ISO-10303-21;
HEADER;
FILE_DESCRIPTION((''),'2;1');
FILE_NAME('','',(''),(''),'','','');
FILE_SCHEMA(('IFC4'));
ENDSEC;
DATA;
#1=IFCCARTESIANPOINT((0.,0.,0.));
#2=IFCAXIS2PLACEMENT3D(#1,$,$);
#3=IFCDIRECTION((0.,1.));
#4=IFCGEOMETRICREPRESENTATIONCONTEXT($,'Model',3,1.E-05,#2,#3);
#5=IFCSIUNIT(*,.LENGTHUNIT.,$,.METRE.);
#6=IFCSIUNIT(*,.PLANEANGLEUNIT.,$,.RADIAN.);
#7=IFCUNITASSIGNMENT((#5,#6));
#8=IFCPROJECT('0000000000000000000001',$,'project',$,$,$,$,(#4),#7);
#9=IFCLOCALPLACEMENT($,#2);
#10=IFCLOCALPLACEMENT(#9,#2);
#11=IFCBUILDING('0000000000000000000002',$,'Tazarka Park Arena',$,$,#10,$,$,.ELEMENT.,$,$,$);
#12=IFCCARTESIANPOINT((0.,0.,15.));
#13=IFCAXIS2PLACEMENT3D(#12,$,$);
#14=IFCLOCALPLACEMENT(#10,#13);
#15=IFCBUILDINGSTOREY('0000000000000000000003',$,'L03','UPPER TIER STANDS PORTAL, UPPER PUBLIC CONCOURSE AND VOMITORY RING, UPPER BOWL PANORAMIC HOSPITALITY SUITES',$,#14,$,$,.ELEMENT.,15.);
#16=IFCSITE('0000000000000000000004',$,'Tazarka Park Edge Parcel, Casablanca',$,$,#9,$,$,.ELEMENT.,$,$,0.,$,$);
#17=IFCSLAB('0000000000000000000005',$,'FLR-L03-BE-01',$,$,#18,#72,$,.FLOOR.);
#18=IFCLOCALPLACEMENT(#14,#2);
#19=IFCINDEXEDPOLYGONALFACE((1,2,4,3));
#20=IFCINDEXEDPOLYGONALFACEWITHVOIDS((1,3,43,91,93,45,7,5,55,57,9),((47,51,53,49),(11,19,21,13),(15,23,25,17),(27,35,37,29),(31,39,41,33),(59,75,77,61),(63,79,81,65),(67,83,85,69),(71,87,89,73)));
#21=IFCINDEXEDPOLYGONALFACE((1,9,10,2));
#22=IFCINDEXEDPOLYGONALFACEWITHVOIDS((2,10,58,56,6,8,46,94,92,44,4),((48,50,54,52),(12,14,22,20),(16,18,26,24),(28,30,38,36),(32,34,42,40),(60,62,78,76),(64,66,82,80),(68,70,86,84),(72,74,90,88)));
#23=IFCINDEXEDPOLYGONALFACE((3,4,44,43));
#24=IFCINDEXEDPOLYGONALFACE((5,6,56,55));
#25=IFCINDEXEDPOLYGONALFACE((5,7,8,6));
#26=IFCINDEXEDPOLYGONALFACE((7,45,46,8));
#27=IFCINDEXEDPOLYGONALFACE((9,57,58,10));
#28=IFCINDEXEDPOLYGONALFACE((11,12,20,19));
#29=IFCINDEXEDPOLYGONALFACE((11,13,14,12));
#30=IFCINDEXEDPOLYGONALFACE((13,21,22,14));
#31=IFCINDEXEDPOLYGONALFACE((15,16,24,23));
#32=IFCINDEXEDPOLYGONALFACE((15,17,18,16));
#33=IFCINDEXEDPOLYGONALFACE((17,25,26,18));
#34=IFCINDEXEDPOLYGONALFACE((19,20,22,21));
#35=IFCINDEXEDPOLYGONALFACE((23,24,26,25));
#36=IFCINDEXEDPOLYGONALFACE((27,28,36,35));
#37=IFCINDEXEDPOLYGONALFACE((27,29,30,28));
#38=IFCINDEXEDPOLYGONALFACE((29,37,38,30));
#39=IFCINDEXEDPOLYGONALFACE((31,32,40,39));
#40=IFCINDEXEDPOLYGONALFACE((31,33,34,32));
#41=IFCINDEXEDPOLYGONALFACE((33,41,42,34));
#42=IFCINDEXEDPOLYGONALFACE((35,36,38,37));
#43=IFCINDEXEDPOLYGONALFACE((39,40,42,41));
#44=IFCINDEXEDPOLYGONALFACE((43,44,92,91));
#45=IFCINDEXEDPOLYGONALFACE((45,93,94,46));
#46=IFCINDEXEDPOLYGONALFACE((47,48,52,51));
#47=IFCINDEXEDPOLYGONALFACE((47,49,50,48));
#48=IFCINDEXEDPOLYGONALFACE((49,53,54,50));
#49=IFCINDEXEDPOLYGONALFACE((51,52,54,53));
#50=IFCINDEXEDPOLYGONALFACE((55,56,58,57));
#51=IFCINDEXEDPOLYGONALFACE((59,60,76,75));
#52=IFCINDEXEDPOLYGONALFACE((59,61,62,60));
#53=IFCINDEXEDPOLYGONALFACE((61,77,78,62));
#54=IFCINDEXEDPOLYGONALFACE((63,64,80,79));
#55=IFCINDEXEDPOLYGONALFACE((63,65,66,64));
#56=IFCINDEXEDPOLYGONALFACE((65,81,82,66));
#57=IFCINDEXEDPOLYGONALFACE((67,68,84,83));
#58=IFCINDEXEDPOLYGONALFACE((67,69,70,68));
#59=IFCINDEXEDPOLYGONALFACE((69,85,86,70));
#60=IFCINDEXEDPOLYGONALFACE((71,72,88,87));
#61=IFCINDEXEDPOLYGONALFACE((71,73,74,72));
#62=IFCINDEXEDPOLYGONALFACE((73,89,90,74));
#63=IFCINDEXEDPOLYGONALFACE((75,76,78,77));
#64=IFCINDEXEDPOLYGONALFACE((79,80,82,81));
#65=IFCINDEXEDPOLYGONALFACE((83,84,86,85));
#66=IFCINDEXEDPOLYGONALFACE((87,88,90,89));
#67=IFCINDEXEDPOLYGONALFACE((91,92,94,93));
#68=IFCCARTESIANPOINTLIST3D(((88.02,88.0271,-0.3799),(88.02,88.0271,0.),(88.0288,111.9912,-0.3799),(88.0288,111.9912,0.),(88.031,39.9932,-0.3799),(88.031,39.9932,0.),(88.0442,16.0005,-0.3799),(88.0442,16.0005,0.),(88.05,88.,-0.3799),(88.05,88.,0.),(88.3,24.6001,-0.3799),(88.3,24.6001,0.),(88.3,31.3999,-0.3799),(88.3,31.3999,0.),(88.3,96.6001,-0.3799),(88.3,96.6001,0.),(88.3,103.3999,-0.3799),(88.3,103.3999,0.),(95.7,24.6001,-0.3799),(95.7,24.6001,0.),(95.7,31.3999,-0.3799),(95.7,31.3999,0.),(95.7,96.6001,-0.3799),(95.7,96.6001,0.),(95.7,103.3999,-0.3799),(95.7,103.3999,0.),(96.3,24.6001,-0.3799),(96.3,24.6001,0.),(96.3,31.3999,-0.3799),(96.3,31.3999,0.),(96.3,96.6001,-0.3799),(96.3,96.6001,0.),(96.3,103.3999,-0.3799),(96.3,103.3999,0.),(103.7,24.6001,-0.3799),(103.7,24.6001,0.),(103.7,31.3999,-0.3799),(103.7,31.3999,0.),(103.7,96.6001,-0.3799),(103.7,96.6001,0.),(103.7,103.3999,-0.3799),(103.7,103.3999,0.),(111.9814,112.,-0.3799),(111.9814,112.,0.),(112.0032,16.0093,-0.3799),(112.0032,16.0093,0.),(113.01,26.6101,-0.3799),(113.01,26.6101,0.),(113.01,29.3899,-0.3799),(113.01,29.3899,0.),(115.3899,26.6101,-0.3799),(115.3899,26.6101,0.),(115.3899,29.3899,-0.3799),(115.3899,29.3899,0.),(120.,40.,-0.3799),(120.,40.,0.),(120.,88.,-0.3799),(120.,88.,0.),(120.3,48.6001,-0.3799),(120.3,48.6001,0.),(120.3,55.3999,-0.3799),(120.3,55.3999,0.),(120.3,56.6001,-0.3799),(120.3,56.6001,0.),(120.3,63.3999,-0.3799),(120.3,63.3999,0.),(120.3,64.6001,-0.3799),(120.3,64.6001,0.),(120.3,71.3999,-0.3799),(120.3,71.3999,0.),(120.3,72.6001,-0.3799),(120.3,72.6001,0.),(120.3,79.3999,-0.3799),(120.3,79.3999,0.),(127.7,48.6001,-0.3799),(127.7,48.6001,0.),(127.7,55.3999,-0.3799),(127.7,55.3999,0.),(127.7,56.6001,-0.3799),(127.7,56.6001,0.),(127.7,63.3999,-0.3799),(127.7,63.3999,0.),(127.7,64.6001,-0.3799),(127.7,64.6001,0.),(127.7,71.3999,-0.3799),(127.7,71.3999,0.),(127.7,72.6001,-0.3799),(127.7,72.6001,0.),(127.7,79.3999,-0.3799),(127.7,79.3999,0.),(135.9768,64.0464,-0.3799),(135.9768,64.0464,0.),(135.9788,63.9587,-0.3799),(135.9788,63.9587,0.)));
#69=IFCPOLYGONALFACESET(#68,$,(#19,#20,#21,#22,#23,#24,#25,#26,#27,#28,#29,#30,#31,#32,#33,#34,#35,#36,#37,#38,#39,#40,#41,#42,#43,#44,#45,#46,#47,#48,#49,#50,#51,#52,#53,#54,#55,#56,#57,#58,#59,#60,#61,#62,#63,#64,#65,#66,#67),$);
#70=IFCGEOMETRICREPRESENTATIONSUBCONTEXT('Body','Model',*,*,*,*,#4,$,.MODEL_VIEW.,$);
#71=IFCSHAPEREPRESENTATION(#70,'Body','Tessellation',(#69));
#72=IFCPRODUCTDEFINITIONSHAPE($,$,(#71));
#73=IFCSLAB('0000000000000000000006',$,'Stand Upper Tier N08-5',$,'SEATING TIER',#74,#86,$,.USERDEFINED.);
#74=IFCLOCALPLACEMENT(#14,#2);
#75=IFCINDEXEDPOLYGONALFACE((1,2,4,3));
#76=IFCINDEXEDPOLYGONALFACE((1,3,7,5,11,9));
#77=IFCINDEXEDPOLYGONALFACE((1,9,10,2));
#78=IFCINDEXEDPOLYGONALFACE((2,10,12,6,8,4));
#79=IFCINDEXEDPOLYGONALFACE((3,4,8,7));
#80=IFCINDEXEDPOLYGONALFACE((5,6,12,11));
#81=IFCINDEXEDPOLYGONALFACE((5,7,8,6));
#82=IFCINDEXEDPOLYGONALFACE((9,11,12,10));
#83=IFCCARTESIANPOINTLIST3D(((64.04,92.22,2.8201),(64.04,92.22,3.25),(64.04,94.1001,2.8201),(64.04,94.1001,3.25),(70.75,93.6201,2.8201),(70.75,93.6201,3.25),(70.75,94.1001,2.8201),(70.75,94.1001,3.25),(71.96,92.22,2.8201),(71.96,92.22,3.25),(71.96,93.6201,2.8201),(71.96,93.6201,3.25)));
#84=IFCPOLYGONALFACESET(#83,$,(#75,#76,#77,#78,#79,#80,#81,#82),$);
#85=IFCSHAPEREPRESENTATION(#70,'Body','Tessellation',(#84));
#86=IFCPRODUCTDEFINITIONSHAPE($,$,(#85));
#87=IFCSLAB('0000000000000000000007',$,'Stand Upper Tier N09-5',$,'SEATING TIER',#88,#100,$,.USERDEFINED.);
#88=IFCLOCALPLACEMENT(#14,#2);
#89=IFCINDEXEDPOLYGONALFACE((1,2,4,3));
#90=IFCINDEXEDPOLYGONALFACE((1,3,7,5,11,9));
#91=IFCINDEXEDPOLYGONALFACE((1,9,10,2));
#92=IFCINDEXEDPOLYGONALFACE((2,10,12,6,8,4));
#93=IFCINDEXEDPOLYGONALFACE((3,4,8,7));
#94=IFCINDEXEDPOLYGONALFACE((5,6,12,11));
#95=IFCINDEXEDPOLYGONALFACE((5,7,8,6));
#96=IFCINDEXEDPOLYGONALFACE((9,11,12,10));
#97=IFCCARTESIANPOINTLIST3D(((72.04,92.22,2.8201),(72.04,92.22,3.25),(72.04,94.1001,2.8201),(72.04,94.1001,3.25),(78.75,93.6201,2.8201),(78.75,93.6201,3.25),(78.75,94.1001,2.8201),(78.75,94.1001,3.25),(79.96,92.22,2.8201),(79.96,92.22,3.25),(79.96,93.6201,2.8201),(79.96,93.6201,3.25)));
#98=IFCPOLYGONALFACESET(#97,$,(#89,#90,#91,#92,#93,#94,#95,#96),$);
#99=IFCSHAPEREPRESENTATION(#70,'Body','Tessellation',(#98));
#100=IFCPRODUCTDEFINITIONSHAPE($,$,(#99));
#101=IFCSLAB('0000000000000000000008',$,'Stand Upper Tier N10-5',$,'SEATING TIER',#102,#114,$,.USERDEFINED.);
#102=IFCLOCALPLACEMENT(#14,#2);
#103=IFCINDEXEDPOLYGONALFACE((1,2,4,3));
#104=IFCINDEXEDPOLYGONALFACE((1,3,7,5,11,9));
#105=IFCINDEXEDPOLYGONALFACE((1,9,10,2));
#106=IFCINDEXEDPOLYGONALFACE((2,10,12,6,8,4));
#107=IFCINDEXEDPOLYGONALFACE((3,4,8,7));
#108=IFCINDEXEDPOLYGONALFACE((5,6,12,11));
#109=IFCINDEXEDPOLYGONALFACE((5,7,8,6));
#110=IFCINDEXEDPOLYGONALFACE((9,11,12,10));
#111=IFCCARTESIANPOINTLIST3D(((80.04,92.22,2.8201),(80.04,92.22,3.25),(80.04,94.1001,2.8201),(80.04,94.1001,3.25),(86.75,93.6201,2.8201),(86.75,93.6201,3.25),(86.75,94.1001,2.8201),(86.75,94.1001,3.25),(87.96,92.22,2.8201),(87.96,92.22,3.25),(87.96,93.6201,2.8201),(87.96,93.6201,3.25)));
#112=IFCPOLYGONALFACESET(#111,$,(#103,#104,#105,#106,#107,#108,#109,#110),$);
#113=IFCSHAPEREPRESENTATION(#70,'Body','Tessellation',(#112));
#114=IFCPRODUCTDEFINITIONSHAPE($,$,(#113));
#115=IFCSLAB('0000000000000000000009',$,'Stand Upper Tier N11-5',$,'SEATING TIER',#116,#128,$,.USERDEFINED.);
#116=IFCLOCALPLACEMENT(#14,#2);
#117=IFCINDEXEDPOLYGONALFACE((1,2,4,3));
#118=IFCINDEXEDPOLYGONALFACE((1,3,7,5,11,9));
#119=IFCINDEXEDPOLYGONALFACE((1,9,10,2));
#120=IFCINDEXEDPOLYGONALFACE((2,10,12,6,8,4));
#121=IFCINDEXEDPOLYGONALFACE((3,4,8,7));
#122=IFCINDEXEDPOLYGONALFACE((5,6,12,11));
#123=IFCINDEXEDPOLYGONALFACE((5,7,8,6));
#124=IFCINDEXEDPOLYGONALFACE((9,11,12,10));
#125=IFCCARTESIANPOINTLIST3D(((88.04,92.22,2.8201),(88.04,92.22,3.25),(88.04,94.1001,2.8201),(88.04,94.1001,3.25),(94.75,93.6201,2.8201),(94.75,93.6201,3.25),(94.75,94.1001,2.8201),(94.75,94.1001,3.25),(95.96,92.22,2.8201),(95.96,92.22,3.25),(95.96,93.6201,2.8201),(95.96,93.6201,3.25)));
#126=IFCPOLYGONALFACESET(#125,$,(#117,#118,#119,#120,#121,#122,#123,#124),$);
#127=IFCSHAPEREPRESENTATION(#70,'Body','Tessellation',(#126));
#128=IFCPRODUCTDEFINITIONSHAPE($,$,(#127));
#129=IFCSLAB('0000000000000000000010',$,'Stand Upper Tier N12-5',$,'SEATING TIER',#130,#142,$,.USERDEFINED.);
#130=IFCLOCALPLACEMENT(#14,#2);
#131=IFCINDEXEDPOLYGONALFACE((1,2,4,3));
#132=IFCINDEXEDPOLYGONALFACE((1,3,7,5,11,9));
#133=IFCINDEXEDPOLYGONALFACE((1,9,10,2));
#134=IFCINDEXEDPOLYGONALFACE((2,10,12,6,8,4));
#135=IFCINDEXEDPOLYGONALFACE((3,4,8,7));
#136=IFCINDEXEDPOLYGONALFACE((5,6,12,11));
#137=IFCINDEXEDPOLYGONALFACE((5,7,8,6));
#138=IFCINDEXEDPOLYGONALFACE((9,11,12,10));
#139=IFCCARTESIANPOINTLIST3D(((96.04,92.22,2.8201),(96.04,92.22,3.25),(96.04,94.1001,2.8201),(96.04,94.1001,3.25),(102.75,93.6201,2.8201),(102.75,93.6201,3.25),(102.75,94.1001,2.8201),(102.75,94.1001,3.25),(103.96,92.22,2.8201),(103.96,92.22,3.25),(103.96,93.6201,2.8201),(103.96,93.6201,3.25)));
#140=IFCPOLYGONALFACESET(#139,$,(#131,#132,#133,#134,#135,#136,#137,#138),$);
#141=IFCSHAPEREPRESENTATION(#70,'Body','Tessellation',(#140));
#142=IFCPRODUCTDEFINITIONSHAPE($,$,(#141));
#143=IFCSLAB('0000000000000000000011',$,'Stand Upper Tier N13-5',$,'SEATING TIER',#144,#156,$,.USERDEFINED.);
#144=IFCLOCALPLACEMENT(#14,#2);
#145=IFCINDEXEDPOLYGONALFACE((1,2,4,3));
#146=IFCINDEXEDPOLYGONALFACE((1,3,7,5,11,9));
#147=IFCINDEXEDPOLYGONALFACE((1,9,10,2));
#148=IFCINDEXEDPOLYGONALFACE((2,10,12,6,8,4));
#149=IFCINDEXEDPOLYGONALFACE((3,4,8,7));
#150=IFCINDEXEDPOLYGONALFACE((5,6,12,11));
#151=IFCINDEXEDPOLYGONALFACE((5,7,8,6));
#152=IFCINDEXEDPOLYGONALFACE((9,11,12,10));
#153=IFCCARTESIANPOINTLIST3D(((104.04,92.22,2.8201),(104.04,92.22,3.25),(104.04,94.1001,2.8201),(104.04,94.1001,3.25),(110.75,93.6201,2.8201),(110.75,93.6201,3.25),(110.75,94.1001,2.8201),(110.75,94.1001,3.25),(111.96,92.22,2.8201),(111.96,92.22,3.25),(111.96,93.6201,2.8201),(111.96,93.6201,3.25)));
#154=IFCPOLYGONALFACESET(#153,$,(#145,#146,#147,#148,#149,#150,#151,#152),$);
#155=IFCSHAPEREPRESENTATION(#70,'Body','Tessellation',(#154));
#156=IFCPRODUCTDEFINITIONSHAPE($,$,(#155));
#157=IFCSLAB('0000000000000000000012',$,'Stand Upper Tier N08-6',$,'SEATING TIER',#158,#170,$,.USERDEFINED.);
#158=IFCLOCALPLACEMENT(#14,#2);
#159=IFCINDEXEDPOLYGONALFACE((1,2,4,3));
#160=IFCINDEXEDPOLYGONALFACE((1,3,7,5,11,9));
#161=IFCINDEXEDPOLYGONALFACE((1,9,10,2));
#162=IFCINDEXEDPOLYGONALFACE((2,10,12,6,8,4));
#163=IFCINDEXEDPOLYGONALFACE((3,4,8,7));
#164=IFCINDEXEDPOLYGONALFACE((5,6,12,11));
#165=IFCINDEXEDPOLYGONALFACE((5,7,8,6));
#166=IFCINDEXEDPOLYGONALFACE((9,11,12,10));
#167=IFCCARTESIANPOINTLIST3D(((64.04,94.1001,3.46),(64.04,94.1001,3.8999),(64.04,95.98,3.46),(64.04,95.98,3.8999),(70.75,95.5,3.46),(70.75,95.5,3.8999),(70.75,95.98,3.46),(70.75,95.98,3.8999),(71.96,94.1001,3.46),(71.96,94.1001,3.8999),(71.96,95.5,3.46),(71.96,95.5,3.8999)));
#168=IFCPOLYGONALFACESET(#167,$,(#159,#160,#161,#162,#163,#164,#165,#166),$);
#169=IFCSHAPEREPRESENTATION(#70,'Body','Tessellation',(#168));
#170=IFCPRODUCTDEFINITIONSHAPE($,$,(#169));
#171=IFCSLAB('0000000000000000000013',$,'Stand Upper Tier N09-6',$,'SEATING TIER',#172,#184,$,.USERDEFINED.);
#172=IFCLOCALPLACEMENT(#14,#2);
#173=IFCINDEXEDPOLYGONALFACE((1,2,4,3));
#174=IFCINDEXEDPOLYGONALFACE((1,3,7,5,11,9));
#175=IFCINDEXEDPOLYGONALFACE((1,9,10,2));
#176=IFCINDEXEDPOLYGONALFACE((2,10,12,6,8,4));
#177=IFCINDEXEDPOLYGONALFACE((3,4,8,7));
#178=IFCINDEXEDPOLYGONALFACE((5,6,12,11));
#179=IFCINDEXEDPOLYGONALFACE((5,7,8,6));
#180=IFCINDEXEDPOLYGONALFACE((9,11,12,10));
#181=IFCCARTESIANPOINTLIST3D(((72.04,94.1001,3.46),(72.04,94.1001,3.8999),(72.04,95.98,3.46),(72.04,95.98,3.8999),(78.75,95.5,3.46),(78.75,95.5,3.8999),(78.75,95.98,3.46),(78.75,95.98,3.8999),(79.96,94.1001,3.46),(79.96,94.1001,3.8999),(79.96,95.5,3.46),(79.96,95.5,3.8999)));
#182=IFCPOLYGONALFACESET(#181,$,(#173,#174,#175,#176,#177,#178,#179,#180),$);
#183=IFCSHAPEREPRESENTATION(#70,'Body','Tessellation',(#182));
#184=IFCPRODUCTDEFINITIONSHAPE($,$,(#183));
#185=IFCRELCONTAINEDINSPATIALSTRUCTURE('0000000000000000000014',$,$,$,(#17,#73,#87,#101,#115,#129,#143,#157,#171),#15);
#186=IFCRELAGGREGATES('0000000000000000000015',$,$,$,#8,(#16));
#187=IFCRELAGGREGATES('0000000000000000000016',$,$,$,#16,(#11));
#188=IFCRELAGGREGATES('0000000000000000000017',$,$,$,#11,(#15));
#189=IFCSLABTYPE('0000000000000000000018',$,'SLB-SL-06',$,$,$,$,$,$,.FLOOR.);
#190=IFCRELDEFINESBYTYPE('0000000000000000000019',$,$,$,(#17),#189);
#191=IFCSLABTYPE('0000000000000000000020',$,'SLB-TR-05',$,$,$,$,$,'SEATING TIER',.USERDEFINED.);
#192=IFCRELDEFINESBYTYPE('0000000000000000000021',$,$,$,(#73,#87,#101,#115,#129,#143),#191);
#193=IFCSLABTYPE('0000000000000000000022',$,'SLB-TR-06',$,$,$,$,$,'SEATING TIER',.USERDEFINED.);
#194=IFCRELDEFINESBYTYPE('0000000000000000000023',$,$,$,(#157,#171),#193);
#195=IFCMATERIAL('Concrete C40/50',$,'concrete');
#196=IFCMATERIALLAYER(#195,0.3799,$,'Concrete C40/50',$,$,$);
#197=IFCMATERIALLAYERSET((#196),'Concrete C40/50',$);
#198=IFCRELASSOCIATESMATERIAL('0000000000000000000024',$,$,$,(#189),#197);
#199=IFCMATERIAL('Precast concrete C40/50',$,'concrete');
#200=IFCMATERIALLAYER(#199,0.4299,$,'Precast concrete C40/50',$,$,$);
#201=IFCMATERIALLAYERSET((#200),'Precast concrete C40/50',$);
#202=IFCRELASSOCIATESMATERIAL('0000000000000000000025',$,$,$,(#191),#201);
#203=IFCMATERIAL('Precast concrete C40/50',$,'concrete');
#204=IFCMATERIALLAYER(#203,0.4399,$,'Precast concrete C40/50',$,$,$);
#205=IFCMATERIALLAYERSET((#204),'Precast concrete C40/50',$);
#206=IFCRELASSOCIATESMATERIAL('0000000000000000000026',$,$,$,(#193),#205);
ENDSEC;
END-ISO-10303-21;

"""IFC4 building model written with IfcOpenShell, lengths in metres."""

from ifc_helpers import new_model, si_unit, direction, frame, origin, place, context, subcontext, project, spatial, polyline, outline, extrude, material, layer, layer_set, type_object, element, save


model = new_model("IFC4")

# Units and contexts
model_context = context("Model", 3, precision=1e-05, world=origin(), true_north=direction((0.0, 1.0)))
body_context = subcontext(model_context, "Body", "Model", "MODEL_VIEW")
ifc_project = project(units=[si_unit("LENGTHUNIT", "METRE"), si_unit("PLANEANGLEUNIT", "RADIAN")], contexts=[model_context])

# Site, building, storey
site_placement = place(None, origin())
site = spatial("IfcSite", under=ifc_project, at=site_placement, Name="Tazarka Park Edge Parcel, Casablanca", CompositionType="ELEMENT", RefElevation=0.0)
building_placement = place(site_placement, origin())
building = spatial("IfcBuilding", under=site, at=building_placement, Name="Tazarka Park Arena", CompositionType="ELEMENT")
storey_placement = place(building_placement, frame((0.0, 0.0, 15.0)))
storey = spatial("IfcBuildingStorey", under=building, at=storey_placement, Name="L03", Description="UPPER TIER STANDS PORTAL, UPPER PUBLIC CONCOURSE AND VOMITORY RING, UPPER BOWL PANORAMIC HOSPITALITY SUITES", CompositionType="ELEMENT", Elevation=15.0)

# Slabs
ifc_material_1 = material(Name="Concrete C40/50", Category="concrete")
ifc_layer_1 = layer(ifc_material_1, 0.3799, Name="Concrete C40/50")
ifc_layer_set_1 = layer_set([ifc_layer_1], Name="Concrete C40/50")
slab_type_1 = type_object("IfcSlabType", Name="SLB-SL-06", PredefinedType="FLOOR", material=ifc_layer_set_1)
slab_1_placement = place(storey_placement, frame((0.0, 0.0, -0.3799)))
element("IfcSlab", 1, at=slab_1_placement, inside=storey, type_object=slab_type_1, Name="FLR-L03-BE-01", PredefinedType="FLOOR", context=body_context, shape_type="SweptSolid", body=[
    extrude(outline(polyline([(111.9814, 112.0), (135.9768, 64.0464), (135.9788, 63.9587), (112.0032, 16.0093), (88.0442, 16.0005), (88.031, 39.9932), (120.0, 40.0), (120.0, 88.0), (88.05, 88.0), (88.02, 88.0271), (88.0288, 111.9912), (111.9814, 112.0)]), holes=[polyline([(120.3, 48.6001), (127.7, 48.6001), (127.7, 55.3999), (120.3, 55.3999), (120.3, 48.6001)]), polyline([(120.3, 56.6001), (127.7, 56.6001), (127.7, 63.3999), (120.3, 63.3999), (120.3, 56.6001)]), polyline([(120.3, 64.6001), (127.7, 64.6001), (127.7, 71.3999), (120.3, 71.3999), (120.3, 64.6001)]), polyline([(120.3, 72.6001), (127.7, 72.6001), (127.7, 79.3999), (120.3, 79.3999), (120.3, 72.6001)]), polyline([(113.01, 26.6101), (115.3899, 26.6101), (115.3899, 29.3899), (113.01, 29.3899), (113.01, 26.6101)]), polyline([(96.3, 24.6001), (103.7, 24.6001), (103.7, 31.3999), (96.3, 31.3999), (96.3, 24.6001)]), polyline([(96.3, 96.6001), (103.7, 96.6001), (103.7, 103.3999), (96.3, 103.3999), (96.3, 96.6001)]), polyline([(88.3, 24.6001), (95.7, 24.6001), (95.7, 31.3999), (88.3, 31.3999), (88.3, 24.6001)]), polyline([(88.3, 96.6001), (95.7, 96.6001), (95.7, 103.3999), (88.3, 103.3999), (88.3, 96.6001)])]), origin(), (0.0, 0.0, 1.0), 0.3799),
])
ifc_material_2 = material(Name="Precast concrete C40/50", Category="concrete")
ifc_layer_2 = layer(ifc_material_2, 0.4299, Name="Precast concrete C40/50")
ifc_layer_set_2 = layer_set([ifc_layer_2], Name="Precast concrete C40/50")
slab_type_2 = type_object("IfcSlabType", Name="SLB-TR-05", ElementType="SEATING TIER", PredefinedType="USERDEFINED", material=ifc_layer_set_2)
slab_2_placement = place(storey_placement, frame((0.0, 0.0, 2.8201)))
element("IfcSlab", 2, at=slab_2_placement, inside=storey, type_object=slab_type_2, Name="Stand Upper Tier N08-5", ObjectType="SEATING TIER", PredefinedType="USERDEFINED", context=body_context, shape_type="SweptSolid", body=[
    extrude(outline(polyline([(64.04, 92.22), (71.96, 92.22), (71.96, 93.6201), (70.75, 93.6201), (70.75, 94.1001), (64.04, 94.1001), (64.04, 92.22)])), origin(), (0.0, 0.0, 1.0), 0.4299),
])
slab_3_placement = place(storey_placement, frame((0.0, 0.0, 2.8201)))
element("IfcSlab", 3, at=slab_3_placement, inside=storey, type_object=slab_type_2, Name="Stand Upper Tier N09-5", ObjectType="SEATING TIER", PredefinedType="USERDEFINED", context=body_context, shape_type="SweptSolid", body=[
    extrude(outline(polyline([(72.04, 92.22), (79.96, 92.22), (79.96, 93.6201), (78.75, 93.6201), (78.75, 94.1001), (72.04, 94.1001), (72.04, 92.22)])), origin(), (0.0, 0.0, 1.0), 0.4299),
])
slab_4_placement = place(storey_placement, frame((0.0, 0.0, 2.8201)))
element("IfcSlab", 4, at=slab_4_placement, inside=storey, type_object=slab_type_2, Name="Stand Upper Tier N10-5", ObjectType="SEATING TIER", PredefinedType="USERDEFINED", context=body_context, shape_type="SweptSolid", body=[
    extrude(outline(polyline([(80.04, 92.22), (87.96, 92.22), (87.96, 93.6201), (86.75, 93.6201), (86.75, 94.1001), (80.04, 94.1001), (80.04, 92.22)])), origin(), (0.0, 0.0, 1.0), 0.4299),
])
slab_5_placement = place(storey_placement, frame((0.0, 0.0, 2.8201)))
element("IfcSlab", 5, at=slab_5_placement, inside=storey, type_object=slab_type_2, Name="Stand Upper Tier N11-5", ObjectType="SEATING TIER", PredefinedType="USERDEFINED", context=body_context, shape_type="SweptSolid", body=[
    extrude(outline(polyline([(88.04, 92.22), (95.96, 92.22), (95.96, 93.6201), (94.75, 93.6201), (94.75, 94.1001), (88.04, 94.1001), (88.04, 92.22)])), origin(), (0.0, 0.0, 1.0), 0.4299),
])
slab_6_placement = place(storey_placement, frame((0.0, 0.0, 2.8201)))
element("IfcSlab", 6, at=slab_6_placement, inside=storey, type_object=slab_type_2, Name="Stand Upper Tier N12-5", ObjectType="SEATING TIER", PredefinedType="USERDEFINED", context=body_context, shape_type="SweptSolid", body=[
    extrude(outline(polyline([(96.04, 92.22), (103.96, 92.22), (103.96, 93.6201), (102.75, 93.6201), (102.75, 94.1001), (96.04, 94.1001), (96.04, 92.22)])), origin(), (0.0, 0.0, 1.0), 0.4299),
])
slab_7_placement = place(storey_placement, frame((0.0, 0.0, 2.8201)))
element("IfcSlab", 7, at=slab_7_placement, inside=storey, type_object=slab_type_2, Name="Stand Upper Tier N13-5", ObjectType="SEATING TIER", PredefinedType="USERDEFINED", context=body_context, shape_type="SweptSolid", body=[
    extrude(outline(polyline([(104.04, 92.22), (111.96, 92.22), (111.96, 93.6201), (110.75, 93.6201), (110.75, 94.1001), (104.04, 94.1001), (104.04, 92.22)])), origin(), (0.0, 0.0, 1.0), 0.4299),
])
ifc_material_3 = material(Name="Precast concrete C40/50", Category="concrete")
ifc_layer_3 = layer(ifc_material_3, 0.4399, Name="Precast concrete C40/50")
ifc_layer_set_3 = layer_set([ifc_layer_3], Name="Precast concrete C40/50")
slab_type_3 = type_object("IfcSlabType", Name="SLB-TR-06", ElementType="SEATING TIER", PredefinedType="USERDEFINED", material=ifc_layer_set_3)
slab_8_placement = place(storey_placement, frame((0.0, 0.0, 3.46)))
element("IfcSlab", 8, at=slab_8_placement, inside=storey, type_object=slab_type_3, Name="Stand Upper Tier N08-6", ObjectType="SEATING TIER", PredefinedType="USERDEFINED", context=body_context, shape_type="SweptSolid", body=[
    extrude(outline(polyline([(64.04, 94.1001), (71.96, 94.1001), (71.96, 95.5), (70.75, 95.5), (70.75, 95.98), (64.04, 95.98), (64.04, 94.1001)])), origin(), (0.0, 0.0, 1.0), 0.4399),
])
slab_9_placement = place(storey_placement, frame((0.0, 0.0, 3.46)))
element("IfcSlab", 9, at=slab_9_placement, inside=storey, type_object=slab_type_3, Name="Stand Upper Tier N09-6", ObjectType="SEATING TIER", PredefinedType="USERDEFINED", context=body_context, shape_type="SweptSolid", body=[
    extrude(outline(polyline([(72.04, 94.1001), (79.96, 94.1001), (79.96, 95.5), (78.75, 95.5), (78.75, 95.98), (72.04, 95.98), (72.04, 94.1001)])), origin(), (0.0, 0.0, 1.0), 0.4399),
])

save(model, "model.ifc")
